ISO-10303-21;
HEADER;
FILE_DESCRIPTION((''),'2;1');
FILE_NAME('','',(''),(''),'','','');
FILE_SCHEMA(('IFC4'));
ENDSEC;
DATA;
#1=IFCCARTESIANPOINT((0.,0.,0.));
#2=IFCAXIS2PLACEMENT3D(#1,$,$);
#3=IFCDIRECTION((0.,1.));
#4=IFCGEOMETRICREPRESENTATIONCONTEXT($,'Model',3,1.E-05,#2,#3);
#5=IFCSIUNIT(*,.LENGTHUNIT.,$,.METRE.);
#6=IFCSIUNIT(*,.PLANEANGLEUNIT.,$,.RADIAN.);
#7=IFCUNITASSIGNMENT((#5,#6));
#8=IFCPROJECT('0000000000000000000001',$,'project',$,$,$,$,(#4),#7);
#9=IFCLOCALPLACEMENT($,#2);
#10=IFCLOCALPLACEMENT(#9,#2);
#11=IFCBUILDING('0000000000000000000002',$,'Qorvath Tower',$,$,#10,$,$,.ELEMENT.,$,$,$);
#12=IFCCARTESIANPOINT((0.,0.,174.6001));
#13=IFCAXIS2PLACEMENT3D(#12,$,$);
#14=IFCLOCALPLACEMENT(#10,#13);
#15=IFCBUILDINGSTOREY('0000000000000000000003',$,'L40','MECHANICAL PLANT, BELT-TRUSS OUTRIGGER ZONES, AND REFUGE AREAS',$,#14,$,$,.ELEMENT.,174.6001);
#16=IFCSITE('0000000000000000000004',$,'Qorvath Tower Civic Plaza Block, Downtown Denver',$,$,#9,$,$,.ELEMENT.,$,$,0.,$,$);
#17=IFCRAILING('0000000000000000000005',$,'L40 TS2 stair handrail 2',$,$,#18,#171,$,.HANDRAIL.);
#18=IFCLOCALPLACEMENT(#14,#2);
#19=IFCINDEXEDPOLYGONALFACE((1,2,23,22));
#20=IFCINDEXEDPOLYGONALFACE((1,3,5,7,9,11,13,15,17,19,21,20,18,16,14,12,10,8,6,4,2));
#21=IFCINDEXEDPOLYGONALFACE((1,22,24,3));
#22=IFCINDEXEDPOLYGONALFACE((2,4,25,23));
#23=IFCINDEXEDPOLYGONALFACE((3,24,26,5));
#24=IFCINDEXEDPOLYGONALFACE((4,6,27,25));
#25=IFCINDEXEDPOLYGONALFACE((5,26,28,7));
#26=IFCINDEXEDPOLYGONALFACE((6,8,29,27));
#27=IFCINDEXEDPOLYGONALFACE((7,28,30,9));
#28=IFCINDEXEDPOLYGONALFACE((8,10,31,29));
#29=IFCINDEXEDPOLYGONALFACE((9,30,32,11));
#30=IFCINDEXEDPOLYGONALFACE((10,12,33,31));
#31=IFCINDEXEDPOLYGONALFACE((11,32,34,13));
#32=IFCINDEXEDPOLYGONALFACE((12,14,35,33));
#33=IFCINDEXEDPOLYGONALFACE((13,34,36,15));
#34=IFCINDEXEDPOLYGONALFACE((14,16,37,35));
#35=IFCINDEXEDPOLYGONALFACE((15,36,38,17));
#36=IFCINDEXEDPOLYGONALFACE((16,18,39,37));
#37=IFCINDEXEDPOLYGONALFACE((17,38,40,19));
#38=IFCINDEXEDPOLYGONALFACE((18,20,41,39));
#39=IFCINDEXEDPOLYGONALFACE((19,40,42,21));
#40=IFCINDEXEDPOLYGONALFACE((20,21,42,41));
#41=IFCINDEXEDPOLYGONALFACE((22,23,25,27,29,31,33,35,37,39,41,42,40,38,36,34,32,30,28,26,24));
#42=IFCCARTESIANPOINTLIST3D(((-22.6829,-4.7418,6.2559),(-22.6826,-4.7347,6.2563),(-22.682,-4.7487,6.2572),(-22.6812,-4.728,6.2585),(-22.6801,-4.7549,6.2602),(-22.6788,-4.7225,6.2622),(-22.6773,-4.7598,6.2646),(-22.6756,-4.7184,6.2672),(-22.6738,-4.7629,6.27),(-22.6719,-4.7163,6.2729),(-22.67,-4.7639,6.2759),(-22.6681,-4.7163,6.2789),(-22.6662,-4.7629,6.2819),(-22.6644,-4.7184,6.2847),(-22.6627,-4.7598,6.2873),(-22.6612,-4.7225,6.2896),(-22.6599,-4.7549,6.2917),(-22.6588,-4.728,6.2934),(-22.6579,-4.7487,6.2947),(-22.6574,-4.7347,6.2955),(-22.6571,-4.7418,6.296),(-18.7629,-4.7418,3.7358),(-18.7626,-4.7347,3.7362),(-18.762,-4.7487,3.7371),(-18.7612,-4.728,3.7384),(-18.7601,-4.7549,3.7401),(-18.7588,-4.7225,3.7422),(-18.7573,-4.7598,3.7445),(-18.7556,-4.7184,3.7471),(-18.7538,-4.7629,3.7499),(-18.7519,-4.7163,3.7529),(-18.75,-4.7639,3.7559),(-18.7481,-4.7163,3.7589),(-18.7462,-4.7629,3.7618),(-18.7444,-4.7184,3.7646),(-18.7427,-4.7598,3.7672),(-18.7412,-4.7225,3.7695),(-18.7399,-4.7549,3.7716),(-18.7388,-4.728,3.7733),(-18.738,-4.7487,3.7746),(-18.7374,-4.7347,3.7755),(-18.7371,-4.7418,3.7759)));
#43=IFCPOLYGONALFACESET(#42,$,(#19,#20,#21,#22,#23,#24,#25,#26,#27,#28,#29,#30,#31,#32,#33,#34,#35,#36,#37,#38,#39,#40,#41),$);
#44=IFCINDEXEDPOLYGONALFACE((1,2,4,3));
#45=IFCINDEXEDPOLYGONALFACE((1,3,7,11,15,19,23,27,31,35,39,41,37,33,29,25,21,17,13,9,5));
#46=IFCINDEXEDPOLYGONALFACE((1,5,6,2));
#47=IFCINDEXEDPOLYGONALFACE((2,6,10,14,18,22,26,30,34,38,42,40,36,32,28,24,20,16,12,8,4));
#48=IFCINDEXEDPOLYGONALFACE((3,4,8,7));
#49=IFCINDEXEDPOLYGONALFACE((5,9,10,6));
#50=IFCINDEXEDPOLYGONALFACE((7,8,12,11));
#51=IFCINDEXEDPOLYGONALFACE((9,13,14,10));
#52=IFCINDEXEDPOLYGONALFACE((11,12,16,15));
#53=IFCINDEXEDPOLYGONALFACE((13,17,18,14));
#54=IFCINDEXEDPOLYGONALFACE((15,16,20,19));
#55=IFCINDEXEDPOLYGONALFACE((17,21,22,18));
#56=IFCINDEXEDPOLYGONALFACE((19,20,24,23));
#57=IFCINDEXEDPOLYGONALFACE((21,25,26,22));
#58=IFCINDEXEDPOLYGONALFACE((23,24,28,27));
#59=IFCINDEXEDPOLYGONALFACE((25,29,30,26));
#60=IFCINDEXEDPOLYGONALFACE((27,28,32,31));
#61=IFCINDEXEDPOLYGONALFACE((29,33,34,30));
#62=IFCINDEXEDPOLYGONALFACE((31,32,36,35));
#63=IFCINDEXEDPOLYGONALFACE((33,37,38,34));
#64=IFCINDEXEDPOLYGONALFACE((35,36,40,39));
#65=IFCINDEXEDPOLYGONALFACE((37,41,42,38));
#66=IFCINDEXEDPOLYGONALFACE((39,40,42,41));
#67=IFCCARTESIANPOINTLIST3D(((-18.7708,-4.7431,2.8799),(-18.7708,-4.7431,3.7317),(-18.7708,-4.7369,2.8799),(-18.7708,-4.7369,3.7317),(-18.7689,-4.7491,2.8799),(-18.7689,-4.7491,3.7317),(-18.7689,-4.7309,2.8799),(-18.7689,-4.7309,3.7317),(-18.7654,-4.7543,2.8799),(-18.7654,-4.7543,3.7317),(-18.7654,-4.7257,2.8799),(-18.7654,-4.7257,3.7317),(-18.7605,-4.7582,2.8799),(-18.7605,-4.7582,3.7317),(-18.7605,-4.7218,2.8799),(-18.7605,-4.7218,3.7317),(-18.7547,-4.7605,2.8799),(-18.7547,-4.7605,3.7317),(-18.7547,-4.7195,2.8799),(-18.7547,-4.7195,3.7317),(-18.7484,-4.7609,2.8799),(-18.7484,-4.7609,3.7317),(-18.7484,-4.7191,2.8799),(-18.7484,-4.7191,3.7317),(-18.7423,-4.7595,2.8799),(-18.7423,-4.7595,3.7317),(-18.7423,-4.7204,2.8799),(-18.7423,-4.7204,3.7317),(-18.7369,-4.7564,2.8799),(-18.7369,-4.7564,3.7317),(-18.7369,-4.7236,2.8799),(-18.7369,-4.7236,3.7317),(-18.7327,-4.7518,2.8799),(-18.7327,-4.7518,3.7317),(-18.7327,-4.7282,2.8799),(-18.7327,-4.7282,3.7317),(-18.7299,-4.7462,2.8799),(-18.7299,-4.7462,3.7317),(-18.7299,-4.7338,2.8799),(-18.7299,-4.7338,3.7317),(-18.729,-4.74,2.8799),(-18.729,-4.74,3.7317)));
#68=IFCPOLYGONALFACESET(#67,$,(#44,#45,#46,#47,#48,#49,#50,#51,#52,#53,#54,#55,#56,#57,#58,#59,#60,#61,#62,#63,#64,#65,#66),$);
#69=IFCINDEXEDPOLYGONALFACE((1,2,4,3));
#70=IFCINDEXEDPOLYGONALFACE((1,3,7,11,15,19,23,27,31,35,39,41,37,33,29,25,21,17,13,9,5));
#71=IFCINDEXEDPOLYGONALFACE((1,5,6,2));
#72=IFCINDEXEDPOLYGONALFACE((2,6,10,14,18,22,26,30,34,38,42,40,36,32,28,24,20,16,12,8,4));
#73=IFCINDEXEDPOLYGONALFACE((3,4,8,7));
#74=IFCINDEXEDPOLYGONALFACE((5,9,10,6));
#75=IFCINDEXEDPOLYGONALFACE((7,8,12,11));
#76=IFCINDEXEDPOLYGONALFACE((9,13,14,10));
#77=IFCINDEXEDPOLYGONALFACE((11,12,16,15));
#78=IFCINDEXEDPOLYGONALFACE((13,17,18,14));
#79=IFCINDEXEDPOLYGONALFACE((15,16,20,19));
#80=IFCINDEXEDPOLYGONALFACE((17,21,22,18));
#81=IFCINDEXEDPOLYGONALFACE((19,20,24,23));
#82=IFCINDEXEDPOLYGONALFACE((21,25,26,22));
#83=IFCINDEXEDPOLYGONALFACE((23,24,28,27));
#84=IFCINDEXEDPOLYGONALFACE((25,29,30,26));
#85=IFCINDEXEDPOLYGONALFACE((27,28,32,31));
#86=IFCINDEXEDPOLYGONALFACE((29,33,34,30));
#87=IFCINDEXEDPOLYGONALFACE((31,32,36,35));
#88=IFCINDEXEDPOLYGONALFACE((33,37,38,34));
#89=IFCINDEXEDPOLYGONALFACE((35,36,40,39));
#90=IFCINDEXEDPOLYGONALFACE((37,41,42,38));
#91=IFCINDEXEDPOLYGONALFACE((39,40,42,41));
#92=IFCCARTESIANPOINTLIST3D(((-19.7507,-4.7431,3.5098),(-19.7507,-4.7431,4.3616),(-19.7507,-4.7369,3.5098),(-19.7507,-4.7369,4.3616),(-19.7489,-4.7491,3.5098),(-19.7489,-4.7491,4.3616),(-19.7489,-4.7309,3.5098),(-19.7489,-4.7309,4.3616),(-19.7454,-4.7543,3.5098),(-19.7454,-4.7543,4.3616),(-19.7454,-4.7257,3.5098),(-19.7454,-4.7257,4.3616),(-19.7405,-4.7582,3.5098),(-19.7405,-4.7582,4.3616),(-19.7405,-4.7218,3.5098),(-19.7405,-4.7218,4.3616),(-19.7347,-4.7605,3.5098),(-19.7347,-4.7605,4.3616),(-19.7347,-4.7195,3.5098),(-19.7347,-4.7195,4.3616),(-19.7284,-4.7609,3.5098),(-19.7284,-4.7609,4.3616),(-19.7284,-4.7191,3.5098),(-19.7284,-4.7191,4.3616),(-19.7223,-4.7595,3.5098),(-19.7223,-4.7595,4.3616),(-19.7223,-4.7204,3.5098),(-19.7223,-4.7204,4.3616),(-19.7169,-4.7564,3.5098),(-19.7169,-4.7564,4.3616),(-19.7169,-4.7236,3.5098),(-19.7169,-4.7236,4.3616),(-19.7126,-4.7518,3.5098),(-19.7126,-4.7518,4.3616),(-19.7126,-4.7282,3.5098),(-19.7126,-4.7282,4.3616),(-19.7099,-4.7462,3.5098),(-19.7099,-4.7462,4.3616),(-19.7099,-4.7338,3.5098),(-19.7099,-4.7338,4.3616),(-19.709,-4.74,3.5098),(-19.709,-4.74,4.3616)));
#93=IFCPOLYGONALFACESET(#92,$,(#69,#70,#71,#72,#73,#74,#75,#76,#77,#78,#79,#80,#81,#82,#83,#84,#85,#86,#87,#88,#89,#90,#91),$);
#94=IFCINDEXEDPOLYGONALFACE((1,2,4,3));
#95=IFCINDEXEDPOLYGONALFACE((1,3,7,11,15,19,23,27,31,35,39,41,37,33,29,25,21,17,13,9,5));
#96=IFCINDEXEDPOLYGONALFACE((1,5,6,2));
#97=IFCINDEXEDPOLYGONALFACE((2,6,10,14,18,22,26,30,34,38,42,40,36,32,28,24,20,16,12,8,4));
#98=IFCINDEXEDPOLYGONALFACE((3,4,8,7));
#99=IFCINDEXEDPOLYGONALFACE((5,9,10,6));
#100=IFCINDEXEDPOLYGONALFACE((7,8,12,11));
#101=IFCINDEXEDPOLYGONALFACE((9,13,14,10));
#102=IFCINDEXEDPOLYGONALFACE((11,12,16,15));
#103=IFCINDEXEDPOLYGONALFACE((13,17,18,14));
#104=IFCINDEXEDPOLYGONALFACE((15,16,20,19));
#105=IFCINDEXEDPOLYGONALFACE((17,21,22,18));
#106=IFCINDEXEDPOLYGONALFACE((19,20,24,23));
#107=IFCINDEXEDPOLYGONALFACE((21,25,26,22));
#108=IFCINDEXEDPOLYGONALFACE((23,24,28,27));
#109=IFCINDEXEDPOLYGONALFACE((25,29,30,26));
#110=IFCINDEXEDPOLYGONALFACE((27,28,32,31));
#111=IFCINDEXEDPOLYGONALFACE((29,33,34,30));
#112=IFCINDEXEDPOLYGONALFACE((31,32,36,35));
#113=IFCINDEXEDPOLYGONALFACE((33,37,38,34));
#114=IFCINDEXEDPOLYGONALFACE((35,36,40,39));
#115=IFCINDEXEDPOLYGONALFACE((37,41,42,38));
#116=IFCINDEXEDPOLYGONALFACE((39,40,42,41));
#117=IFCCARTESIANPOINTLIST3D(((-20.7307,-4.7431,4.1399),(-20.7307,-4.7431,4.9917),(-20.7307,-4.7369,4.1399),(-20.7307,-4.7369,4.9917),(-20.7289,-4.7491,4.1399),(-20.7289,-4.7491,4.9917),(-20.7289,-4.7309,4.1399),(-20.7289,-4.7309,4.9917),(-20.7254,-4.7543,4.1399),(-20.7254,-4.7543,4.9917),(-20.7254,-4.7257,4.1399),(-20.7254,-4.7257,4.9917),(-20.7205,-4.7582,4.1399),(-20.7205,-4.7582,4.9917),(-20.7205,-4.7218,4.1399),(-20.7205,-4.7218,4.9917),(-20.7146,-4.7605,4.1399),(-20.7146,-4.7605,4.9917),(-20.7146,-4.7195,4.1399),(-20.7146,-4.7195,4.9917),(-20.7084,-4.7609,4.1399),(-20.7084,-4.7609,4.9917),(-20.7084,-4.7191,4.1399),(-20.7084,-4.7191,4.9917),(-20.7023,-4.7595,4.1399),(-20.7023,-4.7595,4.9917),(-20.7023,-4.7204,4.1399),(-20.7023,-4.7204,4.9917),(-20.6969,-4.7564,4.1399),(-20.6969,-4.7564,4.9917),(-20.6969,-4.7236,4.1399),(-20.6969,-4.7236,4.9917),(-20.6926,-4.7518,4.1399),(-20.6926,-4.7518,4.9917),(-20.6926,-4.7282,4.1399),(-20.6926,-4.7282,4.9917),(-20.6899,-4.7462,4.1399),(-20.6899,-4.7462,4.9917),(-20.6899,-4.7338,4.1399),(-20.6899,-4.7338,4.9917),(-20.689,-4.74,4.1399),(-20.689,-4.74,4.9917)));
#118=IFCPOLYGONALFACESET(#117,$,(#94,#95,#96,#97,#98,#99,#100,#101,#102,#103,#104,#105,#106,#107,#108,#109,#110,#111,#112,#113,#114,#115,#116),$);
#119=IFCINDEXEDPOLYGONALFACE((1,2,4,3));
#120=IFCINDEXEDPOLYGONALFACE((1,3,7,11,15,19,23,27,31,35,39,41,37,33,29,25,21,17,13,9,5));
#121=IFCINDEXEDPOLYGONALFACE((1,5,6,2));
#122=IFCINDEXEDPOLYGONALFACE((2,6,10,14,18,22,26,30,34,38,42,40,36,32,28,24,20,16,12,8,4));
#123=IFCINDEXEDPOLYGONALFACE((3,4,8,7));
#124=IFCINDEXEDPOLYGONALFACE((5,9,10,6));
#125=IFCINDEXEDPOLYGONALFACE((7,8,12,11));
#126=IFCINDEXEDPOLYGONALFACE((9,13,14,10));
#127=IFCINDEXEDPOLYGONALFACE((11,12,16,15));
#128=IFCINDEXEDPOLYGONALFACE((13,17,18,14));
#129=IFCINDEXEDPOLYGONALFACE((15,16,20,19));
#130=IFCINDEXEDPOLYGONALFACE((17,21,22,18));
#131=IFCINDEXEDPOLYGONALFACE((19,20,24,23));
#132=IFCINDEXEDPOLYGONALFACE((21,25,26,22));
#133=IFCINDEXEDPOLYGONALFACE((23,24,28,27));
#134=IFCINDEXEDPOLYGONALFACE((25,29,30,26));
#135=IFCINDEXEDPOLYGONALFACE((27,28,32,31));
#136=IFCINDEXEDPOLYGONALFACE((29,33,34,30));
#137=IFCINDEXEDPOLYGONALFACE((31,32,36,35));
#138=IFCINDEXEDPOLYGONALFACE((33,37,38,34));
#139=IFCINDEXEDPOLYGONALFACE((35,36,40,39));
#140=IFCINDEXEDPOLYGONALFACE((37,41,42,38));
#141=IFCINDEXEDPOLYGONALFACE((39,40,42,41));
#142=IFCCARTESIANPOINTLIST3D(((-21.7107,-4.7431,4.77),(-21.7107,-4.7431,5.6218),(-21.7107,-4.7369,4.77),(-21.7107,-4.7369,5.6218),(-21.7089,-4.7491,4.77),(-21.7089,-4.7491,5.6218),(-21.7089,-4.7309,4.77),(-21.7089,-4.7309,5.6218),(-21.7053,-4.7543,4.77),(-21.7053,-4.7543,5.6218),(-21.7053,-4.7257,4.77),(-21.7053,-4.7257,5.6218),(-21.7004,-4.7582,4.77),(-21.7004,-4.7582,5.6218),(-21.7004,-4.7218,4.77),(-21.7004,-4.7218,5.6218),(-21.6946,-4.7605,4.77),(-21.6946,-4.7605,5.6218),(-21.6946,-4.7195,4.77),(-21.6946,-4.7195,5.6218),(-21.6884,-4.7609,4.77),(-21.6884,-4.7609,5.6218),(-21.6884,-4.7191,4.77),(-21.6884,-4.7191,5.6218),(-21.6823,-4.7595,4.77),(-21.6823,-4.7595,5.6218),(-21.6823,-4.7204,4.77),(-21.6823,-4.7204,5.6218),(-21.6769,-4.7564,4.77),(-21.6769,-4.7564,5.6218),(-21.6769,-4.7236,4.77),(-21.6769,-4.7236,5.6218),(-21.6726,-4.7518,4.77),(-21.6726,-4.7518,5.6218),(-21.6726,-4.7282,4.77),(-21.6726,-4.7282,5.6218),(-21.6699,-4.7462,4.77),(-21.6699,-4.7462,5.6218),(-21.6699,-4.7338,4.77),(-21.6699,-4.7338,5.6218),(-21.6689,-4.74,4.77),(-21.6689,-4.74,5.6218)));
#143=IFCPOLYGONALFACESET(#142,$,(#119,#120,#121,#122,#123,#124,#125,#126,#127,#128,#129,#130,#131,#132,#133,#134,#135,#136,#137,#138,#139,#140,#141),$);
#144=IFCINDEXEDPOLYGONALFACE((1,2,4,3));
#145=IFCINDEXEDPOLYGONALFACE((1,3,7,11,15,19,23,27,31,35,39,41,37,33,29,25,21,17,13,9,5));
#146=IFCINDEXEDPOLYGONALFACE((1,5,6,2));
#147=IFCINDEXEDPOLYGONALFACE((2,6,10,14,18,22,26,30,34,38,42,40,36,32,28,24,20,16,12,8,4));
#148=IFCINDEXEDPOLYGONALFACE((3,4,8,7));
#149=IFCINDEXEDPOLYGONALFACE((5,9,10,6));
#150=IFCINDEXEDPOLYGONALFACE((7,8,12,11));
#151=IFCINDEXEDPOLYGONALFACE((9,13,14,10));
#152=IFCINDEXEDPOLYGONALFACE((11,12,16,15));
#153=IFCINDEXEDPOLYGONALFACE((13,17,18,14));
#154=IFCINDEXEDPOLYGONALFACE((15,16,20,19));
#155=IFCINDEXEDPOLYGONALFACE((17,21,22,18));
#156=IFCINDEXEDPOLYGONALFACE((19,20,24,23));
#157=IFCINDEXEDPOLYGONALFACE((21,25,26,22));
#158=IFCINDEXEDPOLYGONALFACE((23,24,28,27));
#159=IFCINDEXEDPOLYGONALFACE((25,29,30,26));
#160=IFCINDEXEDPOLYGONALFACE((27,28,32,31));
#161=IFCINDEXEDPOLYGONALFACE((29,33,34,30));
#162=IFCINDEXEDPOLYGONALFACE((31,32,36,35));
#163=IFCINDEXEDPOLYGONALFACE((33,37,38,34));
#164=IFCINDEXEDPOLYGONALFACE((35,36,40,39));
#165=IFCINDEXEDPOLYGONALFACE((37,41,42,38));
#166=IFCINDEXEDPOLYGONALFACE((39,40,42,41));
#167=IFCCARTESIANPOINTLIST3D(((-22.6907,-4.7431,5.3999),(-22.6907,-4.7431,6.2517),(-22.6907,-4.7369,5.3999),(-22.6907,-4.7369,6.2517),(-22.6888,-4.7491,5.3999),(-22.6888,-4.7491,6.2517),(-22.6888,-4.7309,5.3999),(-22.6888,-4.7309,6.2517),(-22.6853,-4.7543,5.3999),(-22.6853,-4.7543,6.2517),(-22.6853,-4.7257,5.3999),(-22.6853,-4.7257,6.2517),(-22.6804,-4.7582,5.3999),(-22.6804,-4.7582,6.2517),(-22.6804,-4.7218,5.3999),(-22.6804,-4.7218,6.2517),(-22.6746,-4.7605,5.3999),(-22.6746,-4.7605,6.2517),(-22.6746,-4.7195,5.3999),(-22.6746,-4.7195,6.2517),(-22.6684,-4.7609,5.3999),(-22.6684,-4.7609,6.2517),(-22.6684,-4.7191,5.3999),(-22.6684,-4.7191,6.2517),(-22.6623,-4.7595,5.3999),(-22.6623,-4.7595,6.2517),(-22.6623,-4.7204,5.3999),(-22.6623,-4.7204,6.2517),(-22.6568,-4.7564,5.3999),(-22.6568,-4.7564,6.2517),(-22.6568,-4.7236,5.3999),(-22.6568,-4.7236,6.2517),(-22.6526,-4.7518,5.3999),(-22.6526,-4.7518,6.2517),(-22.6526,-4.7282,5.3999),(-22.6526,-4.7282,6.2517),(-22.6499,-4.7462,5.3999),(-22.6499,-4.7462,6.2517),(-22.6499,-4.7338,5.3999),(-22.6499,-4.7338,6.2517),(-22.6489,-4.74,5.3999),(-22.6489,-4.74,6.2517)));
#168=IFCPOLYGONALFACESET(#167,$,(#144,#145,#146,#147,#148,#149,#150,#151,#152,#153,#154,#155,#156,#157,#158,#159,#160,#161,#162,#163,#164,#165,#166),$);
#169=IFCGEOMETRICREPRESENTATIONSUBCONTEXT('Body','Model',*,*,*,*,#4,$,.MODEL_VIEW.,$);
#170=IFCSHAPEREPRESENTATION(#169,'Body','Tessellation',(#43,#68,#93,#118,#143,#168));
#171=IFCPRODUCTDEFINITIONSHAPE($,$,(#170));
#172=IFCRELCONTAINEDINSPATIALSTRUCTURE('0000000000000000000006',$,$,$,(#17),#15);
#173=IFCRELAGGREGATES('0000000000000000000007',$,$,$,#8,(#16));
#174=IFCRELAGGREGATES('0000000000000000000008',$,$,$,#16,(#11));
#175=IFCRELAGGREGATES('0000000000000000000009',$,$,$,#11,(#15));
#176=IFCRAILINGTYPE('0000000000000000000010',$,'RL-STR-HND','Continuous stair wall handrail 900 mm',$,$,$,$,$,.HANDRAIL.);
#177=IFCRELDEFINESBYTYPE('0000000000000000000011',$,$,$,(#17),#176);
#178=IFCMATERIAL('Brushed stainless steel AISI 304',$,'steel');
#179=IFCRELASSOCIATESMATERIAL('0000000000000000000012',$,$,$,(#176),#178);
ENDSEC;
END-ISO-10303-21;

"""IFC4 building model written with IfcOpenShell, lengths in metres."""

from ifc_helpers import new_model, si_unit, direction, frame, origin, origin_2d, place, context, subcontext, project, spatial, circle, extrude, material, type_object, element, save


model = new_model("IFC4")

# Units and contexts
model_context = context("Model", 3, precision=1e-05, world=origin(), true_north=direction((0.0, 1.0)))
body_context = subcontext(model_context, "Body", "Model", "MODEL_VIEW")
ifc_project = project(units=[si_unit("LENGTHUNIT", "METRE"), si_unit("PLANEANGLEUNIT", "RADIAN")], contexts=[model_context])

# Site, building, storey
site_placement = place(None, origin())
site = spatial("IfcSite", under=ifc_project, at=site_placement, Name="Qorvath Tower Civic Plaza Block, Downtown Denver", CompositionType="ELEMENT", RefElevation=0.0)
building_placement = place(site_placement, origin())
building = spatial("IfcBuilding", under=site, at=building_placement, Name="Qorvath Tower", CompositionType="ELEMENT")
storey_placement = place(building_placement, frame((0.0, 0.0, 174.6001)))
storey = spatial("IfcBuildingStorey", under=building, at=storey_placement, Name="L40", Description="MECHANICAL PLANT, BELT-TRUSS OUTRIGGER ZONES, AND REFUGE AREAS", CompositionType="ELEMENT", Elevation=174.6001)

# Railing
ifc_material_1 = material(Name="Brushed stainless steel AISI 304", Category="steel")
railing_type_1 = type_object("IfcRailingType", Name="RL-STR-HND", Description="Continuous stair wall handrail 900 mm", PredefinedType="HANDRAIL", material=ifc_material_1)
railing_1_placement = place(storey_placement, frame((-18.75, -4.74, 2.8799)))
element("IfcRailing", 1, at=railing_1_placement, inside=storey, type_object=railing_type_1, Name="L40 TS2 stair handrail 2", PredefinedType="HANDRAIL", context=body_context, shape_type="SweptSolid", body=[
    extrude(circle(Radius=0.0239, at=origin_2d()), frame((0.0, 0.0, 0.876), z_axis=(-0.841172, 0.0, 0.540768), x_axis=(0.0, -1.0, 0.0)), (0.0, 0.0, 1.0), 4.6602),
    extrude(circle(Radius=0.021, at=origin_2d()), origin(), (0.0, 0.0, 1.0), 0.8518),
    extrude(circle(Radius=0.021, at=origin_2d()), frame((-0.98, 0.0, 0.6299)), (0.0, 0.0, 1.0), 0.8518),
    extrude(circle(Radius=0.021, at=origin_2d()), frame((-1.96, 0.0, 1.26)), (0.0, 0.0, 1.0), 0.8518),
    extrude(circle(Radius=0.021, at=origin_2d()), frame((-2.9399, 0.0, 1.8901)), (0.0, 0.0, 1.0), 0.8518),
    extrude(circle(Radius=0.021, at=origin_2d()), frame((-3.9199, 0.0, 2.52)), (0.0, 0.0, 1.0), 0.8518),
])

save(model, "model.ifc")
